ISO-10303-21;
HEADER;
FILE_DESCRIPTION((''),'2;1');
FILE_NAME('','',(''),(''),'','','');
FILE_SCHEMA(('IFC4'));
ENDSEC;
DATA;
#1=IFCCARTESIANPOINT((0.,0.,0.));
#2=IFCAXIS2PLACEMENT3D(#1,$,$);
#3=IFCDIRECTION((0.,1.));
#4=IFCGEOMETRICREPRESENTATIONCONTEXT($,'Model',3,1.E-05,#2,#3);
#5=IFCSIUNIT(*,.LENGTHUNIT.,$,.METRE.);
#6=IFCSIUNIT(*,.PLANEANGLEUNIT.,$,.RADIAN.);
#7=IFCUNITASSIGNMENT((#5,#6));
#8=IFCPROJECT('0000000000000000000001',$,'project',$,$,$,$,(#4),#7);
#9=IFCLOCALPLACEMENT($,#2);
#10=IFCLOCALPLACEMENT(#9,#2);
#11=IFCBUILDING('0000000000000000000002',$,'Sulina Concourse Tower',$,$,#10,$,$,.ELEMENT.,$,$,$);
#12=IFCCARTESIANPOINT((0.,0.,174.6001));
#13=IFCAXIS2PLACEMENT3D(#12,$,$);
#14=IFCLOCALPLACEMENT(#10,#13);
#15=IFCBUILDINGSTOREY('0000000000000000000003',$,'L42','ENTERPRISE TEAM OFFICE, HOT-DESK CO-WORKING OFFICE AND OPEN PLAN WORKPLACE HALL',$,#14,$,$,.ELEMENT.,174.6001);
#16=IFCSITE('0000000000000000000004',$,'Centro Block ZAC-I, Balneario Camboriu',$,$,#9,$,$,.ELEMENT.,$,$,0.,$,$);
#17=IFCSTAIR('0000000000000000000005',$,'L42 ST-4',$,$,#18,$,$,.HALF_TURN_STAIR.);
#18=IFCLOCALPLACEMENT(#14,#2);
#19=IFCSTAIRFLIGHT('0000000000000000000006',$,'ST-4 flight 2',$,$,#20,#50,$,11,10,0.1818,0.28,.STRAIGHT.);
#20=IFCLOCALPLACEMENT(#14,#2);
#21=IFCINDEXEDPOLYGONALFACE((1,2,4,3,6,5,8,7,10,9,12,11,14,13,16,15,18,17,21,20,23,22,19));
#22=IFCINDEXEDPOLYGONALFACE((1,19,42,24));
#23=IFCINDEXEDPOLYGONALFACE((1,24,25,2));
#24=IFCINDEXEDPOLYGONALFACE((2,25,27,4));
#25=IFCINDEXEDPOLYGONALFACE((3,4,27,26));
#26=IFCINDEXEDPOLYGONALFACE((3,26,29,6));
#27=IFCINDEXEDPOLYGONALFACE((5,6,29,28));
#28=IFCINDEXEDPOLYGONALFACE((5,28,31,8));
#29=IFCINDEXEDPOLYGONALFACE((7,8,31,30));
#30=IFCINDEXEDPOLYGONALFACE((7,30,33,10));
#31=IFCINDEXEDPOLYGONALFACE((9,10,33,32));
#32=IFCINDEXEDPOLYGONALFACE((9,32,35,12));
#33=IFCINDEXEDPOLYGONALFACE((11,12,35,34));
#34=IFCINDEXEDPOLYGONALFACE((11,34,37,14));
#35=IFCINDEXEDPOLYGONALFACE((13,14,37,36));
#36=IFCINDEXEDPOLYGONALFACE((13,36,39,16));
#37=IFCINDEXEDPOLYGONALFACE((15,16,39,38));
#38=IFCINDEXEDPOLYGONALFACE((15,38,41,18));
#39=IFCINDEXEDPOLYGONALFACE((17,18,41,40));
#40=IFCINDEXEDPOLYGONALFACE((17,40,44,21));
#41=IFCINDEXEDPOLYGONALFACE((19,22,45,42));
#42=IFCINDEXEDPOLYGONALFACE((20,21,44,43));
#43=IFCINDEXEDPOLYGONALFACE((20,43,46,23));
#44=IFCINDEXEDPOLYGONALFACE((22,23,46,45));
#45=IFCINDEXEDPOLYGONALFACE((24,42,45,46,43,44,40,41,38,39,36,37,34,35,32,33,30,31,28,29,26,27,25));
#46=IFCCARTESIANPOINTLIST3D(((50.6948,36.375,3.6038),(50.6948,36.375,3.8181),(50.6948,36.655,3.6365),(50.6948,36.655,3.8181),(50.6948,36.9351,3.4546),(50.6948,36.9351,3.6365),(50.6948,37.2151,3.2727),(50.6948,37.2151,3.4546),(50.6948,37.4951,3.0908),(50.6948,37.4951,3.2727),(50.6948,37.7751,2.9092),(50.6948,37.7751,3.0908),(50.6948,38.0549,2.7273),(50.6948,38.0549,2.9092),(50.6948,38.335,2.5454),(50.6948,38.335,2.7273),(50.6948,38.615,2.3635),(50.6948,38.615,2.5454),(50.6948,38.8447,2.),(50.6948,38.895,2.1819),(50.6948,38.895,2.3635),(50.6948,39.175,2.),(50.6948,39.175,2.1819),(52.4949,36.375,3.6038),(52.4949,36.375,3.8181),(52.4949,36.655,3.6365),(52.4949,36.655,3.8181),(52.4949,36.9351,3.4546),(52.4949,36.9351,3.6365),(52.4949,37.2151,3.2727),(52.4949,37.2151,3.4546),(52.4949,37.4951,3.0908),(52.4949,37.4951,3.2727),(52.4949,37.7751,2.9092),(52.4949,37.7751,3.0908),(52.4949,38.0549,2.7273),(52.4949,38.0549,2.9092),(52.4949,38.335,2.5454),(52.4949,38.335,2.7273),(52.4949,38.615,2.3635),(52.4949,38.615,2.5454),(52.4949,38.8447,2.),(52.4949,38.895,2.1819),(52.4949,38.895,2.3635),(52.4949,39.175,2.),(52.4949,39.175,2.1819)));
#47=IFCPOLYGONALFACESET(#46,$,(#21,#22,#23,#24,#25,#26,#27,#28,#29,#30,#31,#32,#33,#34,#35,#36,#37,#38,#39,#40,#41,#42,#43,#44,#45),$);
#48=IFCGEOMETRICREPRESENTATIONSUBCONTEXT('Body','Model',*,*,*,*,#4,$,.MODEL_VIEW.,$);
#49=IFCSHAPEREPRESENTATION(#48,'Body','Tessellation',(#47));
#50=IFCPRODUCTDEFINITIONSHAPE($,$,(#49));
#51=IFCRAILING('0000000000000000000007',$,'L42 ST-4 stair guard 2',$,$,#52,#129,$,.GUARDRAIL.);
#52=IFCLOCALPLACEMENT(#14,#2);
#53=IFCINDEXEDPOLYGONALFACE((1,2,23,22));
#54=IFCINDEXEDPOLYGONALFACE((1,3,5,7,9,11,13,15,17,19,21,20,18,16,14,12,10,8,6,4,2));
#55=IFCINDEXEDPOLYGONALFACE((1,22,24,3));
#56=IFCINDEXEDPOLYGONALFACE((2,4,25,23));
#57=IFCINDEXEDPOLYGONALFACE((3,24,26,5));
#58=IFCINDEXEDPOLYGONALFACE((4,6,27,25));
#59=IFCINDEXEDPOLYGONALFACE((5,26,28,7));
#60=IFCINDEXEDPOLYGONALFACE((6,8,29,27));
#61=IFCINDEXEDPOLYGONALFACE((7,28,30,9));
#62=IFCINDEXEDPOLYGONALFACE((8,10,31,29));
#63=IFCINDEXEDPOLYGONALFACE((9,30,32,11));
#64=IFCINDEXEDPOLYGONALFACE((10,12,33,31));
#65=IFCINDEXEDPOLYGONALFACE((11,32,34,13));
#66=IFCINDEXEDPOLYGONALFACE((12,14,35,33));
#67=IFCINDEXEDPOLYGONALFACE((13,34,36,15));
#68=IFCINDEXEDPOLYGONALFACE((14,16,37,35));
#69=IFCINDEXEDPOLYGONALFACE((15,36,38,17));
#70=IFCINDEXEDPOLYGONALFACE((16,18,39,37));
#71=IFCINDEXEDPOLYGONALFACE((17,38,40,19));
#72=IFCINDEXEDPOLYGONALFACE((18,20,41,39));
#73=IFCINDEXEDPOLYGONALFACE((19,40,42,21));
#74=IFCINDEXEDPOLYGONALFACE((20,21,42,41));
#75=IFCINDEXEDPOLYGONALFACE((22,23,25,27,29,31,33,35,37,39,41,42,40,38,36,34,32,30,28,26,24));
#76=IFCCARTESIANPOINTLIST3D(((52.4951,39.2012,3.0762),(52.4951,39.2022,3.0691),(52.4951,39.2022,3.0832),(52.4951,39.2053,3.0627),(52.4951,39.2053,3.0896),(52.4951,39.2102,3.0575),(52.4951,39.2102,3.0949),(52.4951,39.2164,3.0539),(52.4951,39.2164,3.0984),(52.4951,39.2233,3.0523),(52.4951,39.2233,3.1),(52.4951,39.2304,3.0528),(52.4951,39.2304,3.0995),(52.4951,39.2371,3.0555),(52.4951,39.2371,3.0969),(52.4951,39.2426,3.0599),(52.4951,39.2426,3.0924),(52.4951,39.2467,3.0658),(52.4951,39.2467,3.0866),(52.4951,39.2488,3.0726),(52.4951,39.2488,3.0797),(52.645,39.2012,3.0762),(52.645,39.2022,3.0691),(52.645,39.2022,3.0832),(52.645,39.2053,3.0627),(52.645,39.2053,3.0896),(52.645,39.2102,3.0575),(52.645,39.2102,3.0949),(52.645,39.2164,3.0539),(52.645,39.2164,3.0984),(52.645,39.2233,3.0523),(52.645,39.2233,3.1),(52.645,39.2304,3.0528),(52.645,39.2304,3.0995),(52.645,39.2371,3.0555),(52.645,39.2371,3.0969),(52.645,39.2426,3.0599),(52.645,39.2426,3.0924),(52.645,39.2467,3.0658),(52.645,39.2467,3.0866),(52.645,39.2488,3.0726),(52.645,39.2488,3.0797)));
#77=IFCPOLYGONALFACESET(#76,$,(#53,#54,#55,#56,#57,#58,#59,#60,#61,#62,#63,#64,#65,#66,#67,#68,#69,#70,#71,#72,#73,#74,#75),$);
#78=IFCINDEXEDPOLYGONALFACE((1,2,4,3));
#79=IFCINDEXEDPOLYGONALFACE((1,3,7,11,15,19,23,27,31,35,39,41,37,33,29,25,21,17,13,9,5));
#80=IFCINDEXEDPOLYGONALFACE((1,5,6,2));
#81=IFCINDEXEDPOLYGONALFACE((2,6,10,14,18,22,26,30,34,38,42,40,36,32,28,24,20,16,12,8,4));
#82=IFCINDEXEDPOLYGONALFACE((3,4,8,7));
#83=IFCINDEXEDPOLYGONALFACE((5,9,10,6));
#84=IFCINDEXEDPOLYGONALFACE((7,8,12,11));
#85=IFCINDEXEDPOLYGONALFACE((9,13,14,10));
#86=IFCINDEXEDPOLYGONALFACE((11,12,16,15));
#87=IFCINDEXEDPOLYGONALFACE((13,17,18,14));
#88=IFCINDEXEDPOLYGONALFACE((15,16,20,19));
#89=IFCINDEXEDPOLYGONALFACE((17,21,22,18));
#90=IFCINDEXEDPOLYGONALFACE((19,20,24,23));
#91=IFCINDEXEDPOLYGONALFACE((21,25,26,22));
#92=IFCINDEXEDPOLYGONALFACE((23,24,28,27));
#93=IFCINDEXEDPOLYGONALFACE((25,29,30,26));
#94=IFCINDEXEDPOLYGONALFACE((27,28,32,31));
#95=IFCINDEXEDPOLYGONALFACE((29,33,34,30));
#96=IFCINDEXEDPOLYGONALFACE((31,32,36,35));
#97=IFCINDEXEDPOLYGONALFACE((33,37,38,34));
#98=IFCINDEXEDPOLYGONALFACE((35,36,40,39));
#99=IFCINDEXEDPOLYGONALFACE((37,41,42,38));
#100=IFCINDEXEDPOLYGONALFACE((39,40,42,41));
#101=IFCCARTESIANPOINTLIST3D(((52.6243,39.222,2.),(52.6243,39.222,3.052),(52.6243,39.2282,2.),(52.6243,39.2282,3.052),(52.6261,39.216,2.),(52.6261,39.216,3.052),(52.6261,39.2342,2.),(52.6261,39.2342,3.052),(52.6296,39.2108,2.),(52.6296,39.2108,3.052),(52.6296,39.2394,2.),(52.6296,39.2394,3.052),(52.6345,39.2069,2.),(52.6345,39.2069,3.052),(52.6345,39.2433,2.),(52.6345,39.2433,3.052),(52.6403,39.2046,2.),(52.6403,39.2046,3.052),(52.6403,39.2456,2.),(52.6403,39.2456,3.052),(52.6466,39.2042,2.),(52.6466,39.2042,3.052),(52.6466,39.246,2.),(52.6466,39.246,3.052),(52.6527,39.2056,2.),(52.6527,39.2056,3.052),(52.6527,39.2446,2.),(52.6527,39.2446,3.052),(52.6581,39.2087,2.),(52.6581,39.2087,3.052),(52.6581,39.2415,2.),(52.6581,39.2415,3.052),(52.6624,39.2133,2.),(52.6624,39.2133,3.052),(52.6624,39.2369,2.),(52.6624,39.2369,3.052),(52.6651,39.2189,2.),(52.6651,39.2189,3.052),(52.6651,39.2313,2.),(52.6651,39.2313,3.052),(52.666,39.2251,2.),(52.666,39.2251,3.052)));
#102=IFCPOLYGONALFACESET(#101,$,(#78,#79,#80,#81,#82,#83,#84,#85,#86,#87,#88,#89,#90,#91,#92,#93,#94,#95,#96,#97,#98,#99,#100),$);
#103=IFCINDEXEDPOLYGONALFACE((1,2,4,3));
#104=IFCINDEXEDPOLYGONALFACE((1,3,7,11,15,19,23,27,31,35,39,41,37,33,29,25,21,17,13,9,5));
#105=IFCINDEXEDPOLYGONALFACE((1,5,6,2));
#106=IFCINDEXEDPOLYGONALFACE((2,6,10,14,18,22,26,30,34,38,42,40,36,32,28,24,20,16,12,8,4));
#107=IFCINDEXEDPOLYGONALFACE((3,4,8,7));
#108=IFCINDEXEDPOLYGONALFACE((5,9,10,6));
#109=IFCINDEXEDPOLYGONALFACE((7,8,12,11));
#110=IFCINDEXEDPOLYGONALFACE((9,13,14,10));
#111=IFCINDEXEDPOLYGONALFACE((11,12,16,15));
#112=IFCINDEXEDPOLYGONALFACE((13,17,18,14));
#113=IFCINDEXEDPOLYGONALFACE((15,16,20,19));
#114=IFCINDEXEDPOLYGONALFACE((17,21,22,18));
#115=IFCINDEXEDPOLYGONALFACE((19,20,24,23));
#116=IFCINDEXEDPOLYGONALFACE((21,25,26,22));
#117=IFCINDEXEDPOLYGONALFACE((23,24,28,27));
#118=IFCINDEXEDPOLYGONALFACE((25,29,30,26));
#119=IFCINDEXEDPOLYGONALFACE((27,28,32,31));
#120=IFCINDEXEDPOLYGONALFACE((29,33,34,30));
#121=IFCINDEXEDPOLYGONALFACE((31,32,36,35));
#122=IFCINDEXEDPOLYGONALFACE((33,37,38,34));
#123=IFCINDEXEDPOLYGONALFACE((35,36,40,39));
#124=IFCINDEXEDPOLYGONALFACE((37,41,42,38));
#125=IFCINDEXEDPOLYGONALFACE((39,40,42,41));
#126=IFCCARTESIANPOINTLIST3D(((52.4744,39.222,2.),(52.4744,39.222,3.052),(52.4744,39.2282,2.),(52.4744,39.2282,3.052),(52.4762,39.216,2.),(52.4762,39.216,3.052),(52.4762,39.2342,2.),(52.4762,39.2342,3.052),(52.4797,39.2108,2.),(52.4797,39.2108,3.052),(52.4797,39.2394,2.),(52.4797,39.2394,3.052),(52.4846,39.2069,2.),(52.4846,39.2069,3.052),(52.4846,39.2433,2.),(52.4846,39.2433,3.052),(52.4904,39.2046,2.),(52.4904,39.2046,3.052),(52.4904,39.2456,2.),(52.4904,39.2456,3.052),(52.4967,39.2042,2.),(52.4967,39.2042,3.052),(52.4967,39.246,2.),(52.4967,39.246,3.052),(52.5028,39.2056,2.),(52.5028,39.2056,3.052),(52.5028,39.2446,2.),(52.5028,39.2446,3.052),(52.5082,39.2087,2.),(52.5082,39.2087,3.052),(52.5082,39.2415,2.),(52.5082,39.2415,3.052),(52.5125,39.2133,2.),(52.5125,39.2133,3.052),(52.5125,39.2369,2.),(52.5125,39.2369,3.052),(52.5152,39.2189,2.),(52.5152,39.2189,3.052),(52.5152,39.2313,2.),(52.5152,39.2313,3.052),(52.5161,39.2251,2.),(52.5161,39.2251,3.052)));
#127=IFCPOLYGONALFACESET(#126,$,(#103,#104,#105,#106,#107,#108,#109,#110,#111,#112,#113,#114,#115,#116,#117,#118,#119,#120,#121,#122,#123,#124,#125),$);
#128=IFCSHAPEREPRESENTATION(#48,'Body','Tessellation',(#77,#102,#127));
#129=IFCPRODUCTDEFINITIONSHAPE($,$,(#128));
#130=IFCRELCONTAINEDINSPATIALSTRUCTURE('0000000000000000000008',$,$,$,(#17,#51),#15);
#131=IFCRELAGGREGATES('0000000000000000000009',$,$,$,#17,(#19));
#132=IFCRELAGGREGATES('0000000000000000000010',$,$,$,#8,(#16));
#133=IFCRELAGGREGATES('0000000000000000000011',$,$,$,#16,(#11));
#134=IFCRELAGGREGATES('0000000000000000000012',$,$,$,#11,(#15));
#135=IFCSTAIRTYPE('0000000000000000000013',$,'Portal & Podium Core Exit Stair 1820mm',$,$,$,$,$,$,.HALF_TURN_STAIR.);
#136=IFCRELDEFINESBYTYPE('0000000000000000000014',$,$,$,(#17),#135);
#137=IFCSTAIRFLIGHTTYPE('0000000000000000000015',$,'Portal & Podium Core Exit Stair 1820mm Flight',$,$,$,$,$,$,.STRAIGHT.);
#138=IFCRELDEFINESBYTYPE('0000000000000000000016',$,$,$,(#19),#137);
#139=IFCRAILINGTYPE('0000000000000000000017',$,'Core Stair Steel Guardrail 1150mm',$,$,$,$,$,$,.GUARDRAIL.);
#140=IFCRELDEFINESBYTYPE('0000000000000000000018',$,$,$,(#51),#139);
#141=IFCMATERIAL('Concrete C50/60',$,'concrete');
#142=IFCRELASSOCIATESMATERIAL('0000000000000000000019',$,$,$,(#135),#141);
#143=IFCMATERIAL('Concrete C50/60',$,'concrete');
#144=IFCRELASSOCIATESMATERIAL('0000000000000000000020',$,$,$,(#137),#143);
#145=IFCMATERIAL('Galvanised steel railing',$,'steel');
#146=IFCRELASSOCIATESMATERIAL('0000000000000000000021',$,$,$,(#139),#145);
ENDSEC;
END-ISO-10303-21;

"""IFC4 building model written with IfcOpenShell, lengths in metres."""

from ifc_helpers import new_model, si_unit, direction, frame, origin, origin_2d, place, context, subcontext, project, spatial, polyline, circle, outline, extrude, material, type_object, element, aggregate, save


model = new_model("IFC4")

# Units and contexts
model_context = context("Model", 3, precision=1e-05, world=origin(), true_north=direction((0.0, 1.0)))
body_context = subcontext(model_context, "Body", "Model", "MODEL_VIEW")
ifc_project = project(units=[si_unit("LENGTHUNIT", "METRE"), si_unit("PLANEANGLEUNIT", "RADIAN")], contexts=[model_context])

# Site, building, storey
site_placement = place(None, origin())
site = spatial("IfcSite", under=ifc_project, at=site_placement, Name="Centro Block ZAC-I, Balneario Camboriu", CompositionType="ELEMENT", RefElevation=0.0)
building_placement = place(site_placement, origin())
building = spatial("IfcBuilding", under=site, at=building_placement, Name="Sulina Concourse Tower", CompositionType="ELEMENT")
storey_placement = place(building_placement, frame((0.0, 0.0, 174.6001)))
storey = spatial("IfcBuildingStorey", under=building, at=storey_placement, Name="L42", Description="ENTERPRISE TEAM OFFICE, HOT-DESK CO-WORKING OFFICE AND OPEN PLAN WORKPLACE HALL", CompositionType="ELEMENT", Elevation=174.6001)

# Stair, stair flight
ifc_material_1 = material(Name="Concrete C50/60", Category="concrete")
stair_type = type_object("IfcStairType", Name="Portal & Podium Core Exit Stair 1820mm", PredefinedType="HALF_TURN_STAIR", material=ifc_material_1)
stair_placement = place(storey_placement, origin())
stair = element("IfcStair", 1, at=stair_placement, inside=storey, type_object=stair_type, Name="L42 ST-4", PredefinedType="HALF_TURN_STAIR")
ifc_material_2 = material(Name="Concrete C50/60", Category="concrete")
stair_flight_type = type_object("IfcStairFlightType", Name="Portal & Podium Core Exit Stair 1820mm Flight", PredefinedType="STRAIGHT", material=ifc_material_2)
stair_flight_placement = place(storey_placement, frame((51.595, 39.175, 2.0), z_axis=(0.0, 0.0, 1.0), x_axis=(0.0, -1.0, 0.0)))
stair_flight = element("IfcStairFlight", 2, at=stair_flight_placement, type_object=stair_flight_type, Name="ST-4 flight 2", NumberOfRisers=11, NumberOfTreads=10, PredefinedType="STRAIGHT", RiserHeight=0.1818, TreadLength=0.28, context=body_context, shape_type="SweptSolid", body=[
    extrude(outline(polyline([(0.0, 0.0), (0.0, 0.1819), (0.28, 0.1819), (0.28, 0.3635), (0.5601, 0.3635), (0.5601, 0.5454), (0.8401, 0.5454), (0.8401, 0.7273), (1.1201, 0.7273), (1.1201, 0.9092), (1.3999, 0.9092), (1.3999, 1.0908), (1.6799, 1.0908), (1.6799, 1.2727), (1.96, 1.2727), (1.96, 1.4546), (2.24, 1.4546), (2.24, 1.6365), (2.52, 1.6365), (2.52, 1.8181), (2.8, 1.8181), (2.8, 2.0), (2.8, 1.6038), (0.3303, 0.0), (0.0, 0.0)])), frame((0.0, 0.8999, 0.0), z_axis=(0.0, -1.0, 0.0), x_axis=(1.0, 0.0, 0.0)), (0.0, 0.0, 1.0), 1.8),
])
aggregate(stair, [stair_flight])

# Railing
ifc_material_3 = material(Name="Galvanised steel railing", Category="steel")
railing_type_1 = type_object("IfcRailingType", Name="Core Stair Steel Guardrail 1150mm", PredefinedType="GUARDRAIL", material=ifc_material_3)
railing_1_placement = place(storey_placement, frame((52.645, 39.2251, 2.0)))
element("IfcRailing", 3, at=railing_1_placement, inside=storey, type_object=railing_type_1, Name="L42 ST-4 stair guard 2", PredefinedType="GUARDRAIL", context=body_context, shape_type="SweptSolid", body=[
    extrude(circle(Radius=0.0239, at=origin_2d()), frame((0.0, 0.0, 1.0762), z_axis=(-1.0, 0.0, 0.0), x_axis=(0.0, -1.0, 0.0)), (0.0, 0.0, 1.0), 0.1499),
    extrude(circle(Radius=0.021, at=origin_2d()), origin(), (0.0, 0.0, 1.0), 1.052),
    extrude(circle(Radius=0.021, at=origin_2d()), frame((-0.1499, 0.0, 0.0)), (0.0, 0.0, 1.0), 1.052),
])

save(model, "model.ifc")
